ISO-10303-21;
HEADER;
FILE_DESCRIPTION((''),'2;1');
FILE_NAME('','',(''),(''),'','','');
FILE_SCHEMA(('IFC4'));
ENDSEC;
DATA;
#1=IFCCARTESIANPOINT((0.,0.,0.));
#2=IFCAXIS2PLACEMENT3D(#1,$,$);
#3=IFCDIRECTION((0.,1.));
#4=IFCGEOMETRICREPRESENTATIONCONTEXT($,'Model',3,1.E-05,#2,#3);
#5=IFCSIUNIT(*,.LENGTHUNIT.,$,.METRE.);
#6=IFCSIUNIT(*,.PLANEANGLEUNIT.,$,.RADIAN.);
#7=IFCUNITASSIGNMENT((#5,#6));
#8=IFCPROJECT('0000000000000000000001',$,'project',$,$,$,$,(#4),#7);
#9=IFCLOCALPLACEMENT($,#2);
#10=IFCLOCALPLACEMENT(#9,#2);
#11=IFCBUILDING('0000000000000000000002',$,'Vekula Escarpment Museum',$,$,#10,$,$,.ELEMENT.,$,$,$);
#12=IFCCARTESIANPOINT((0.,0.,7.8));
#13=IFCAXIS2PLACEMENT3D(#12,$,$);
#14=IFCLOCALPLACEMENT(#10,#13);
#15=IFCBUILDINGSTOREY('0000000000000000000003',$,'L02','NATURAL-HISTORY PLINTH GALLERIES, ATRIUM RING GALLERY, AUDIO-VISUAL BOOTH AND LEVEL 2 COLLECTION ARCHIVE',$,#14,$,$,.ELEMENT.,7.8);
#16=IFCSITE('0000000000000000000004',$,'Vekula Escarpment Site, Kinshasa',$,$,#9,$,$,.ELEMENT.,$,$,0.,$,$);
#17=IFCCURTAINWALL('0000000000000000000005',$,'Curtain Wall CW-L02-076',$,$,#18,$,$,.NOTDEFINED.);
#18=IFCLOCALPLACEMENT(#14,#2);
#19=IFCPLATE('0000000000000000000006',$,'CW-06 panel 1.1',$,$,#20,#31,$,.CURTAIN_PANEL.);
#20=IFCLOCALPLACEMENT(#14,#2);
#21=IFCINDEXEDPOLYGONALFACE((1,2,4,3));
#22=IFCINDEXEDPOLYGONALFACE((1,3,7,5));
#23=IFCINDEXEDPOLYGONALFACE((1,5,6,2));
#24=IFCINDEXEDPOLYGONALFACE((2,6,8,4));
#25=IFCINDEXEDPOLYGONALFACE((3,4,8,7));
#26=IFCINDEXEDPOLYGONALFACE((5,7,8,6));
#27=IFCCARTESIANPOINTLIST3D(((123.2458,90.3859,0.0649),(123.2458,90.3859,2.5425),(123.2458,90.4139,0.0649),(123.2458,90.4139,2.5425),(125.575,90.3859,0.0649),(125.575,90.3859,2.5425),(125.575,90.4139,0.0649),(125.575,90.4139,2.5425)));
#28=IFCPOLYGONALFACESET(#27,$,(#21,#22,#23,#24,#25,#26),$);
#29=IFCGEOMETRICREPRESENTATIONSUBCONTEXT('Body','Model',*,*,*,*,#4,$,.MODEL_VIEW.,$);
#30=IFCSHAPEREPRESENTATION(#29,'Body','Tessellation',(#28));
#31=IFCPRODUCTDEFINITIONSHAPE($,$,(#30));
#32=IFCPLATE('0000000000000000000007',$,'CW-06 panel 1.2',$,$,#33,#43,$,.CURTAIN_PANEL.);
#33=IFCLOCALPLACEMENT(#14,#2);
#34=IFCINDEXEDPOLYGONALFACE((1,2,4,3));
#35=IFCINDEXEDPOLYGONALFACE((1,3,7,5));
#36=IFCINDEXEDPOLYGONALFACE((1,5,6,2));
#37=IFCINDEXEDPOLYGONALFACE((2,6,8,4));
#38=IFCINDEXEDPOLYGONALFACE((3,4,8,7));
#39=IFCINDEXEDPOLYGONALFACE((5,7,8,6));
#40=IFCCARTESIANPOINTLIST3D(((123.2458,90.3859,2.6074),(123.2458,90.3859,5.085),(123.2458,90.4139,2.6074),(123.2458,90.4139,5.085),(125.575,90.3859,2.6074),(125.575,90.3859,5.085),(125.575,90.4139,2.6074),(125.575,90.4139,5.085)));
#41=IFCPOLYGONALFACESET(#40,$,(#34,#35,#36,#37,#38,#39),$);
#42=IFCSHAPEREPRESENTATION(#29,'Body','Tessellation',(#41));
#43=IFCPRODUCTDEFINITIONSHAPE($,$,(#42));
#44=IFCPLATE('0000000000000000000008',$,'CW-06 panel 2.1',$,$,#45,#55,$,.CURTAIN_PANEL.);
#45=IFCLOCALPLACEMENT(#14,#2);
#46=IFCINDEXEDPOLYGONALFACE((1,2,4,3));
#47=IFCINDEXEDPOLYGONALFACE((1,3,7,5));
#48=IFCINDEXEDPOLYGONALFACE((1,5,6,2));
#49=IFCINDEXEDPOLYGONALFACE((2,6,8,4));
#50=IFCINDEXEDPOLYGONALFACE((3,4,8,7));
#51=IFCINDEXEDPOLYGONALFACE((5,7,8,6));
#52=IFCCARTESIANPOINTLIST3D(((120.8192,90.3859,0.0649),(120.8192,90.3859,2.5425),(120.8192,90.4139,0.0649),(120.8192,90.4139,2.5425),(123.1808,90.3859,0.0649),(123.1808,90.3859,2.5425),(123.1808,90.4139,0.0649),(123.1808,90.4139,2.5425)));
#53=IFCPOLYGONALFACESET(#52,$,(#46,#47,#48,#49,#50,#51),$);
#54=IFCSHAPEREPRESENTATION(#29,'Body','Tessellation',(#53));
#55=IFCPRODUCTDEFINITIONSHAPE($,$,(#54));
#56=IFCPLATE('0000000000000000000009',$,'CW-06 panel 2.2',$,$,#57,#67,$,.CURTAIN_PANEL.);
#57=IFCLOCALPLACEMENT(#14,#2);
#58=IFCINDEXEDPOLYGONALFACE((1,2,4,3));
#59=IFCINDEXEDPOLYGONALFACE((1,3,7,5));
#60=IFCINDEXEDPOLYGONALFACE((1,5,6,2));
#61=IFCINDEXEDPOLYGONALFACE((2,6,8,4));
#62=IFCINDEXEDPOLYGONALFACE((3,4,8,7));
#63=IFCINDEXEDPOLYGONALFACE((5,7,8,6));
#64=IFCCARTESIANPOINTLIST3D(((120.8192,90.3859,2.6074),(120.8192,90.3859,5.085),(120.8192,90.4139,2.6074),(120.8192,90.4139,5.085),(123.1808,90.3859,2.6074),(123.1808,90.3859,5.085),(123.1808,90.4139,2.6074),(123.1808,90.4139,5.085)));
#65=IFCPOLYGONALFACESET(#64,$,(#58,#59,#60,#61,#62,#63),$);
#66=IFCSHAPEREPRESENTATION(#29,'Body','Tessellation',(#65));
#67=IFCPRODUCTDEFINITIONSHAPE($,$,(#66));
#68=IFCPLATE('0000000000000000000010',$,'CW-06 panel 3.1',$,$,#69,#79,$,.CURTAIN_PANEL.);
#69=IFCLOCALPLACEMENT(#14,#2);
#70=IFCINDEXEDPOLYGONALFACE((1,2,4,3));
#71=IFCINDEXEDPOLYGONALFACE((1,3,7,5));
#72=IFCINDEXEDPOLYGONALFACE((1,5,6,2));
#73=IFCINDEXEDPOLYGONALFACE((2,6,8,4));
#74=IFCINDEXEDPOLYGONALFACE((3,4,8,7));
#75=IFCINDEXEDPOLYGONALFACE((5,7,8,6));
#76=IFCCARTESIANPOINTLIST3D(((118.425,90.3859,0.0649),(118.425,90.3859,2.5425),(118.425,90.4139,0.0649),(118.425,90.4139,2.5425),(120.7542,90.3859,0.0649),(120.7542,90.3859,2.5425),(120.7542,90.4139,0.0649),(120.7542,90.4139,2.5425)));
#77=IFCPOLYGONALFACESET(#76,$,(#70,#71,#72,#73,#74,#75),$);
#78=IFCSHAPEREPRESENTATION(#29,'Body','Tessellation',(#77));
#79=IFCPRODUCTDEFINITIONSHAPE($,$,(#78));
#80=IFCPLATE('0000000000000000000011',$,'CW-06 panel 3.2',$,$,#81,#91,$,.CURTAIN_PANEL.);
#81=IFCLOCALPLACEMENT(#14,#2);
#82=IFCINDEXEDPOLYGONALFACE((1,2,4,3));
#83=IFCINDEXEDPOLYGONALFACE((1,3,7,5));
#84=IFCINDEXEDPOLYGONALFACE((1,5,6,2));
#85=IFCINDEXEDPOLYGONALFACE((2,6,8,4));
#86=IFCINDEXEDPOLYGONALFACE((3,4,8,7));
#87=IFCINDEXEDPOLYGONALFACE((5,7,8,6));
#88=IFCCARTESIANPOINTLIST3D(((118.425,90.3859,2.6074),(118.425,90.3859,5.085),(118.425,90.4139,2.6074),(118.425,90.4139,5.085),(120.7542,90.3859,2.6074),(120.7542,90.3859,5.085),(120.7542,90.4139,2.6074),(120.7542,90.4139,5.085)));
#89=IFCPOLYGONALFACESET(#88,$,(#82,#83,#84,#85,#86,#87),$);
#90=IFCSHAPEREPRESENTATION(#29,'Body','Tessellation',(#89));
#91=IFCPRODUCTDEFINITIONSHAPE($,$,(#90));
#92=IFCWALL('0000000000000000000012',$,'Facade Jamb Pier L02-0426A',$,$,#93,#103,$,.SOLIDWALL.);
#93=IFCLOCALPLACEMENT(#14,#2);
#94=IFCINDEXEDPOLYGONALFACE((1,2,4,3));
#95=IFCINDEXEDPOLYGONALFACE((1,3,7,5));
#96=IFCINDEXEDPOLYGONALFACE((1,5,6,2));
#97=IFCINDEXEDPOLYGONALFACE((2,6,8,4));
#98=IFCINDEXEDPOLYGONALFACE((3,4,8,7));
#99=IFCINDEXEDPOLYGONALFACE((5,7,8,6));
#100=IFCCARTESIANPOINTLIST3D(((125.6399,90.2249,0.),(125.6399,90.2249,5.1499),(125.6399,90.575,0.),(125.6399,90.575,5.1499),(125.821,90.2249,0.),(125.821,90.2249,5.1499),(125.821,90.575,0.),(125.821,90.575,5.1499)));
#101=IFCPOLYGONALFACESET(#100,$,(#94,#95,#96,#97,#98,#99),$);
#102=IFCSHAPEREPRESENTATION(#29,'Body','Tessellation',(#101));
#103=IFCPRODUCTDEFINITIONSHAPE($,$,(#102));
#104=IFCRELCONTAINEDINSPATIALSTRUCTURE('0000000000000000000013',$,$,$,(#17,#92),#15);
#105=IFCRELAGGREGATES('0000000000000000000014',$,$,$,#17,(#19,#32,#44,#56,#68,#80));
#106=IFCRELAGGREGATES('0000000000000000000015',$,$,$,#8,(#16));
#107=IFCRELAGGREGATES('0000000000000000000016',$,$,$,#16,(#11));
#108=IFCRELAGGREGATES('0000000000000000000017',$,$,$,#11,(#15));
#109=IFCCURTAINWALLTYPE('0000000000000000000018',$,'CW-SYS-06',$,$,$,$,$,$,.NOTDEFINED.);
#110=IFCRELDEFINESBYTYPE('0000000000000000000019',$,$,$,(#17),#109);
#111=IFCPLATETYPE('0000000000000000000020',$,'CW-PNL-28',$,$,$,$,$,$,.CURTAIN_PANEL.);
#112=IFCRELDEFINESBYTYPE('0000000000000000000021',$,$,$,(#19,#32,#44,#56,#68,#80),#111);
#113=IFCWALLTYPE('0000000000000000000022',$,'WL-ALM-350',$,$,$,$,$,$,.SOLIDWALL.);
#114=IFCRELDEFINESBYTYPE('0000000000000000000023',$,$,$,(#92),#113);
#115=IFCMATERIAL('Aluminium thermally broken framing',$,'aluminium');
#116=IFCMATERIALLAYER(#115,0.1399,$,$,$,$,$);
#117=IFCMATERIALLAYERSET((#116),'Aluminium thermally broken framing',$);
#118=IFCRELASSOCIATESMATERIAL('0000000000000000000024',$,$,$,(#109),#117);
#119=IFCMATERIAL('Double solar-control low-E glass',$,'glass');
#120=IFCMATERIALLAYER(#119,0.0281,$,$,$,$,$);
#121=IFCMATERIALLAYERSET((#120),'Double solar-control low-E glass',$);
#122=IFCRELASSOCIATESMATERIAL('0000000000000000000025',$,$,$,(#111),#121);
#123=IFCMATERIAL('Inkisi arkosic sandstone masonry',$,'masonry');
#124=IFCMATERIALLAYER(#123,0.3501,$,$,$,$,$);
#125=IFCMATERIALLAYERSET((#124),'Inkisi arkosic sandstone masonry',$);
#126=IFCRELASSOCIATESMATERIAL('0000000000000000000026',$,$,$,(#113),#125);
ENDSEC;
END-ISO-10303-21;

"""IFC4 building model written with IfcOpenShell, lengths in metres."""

from ifc_helpers import new_model, si_unit, direction, frame, frame_2d, origin, origin_2d, place, context, subcontext, project, spatial, rectangle, extrude, material, layer, layer_set, type_object, element, aggregate, save


model = new_model("IFC4")

# Units and contexts
model_context = context("Model", 3, precision=1e-05, world=origin(), true_north=direction((0.0, 1.0)))
body_context = subcontext(model_context, "Body", "Model", "MODEL_VIEW")
ifc_project = project(units=[si_unit("LENGTHUNIT", "METRE"), si_unit("PLANEANGLEUNIT", "RADIAN")], contexts=[model_context])

# Site, building, storey
site_placement = place(None, origin())
site = spatial("IfcSite", under=ifc_project, at=site_placement, Name="Vekula Escarpment Site, Kinshasa", CompositionType="ELEMENT", RefElevation=0.0)
building_placement = place(site_placement, origin())
building = spatial("IfcBuilding", under=site, at=building_placement, Name="Vekula Escarpment Museum", CompositionType="ELEMENT")
storey_placement = place(building_placement, frame((0.0, 0.0, 7.8)))
storey = spatial("IfcBuildingStorey", under=building, at=storey_placement, Name="L02", Description="NATURAL-HISTORY PLINTH GALLERIES, ATRIUM RING GALLERY, AUDIO-VISUAL BOOTH AND LEVEL 2 COLLECTION ARCHIVE", CompositionType="ELEMENT", Elevation=7.8)

# Curtain wall
ifc_material_1 = material(Name="Aluminium thermally broken framing", Category="aluminium")
ifc_layer_1 = layer(ifc_material_1, 0.1399)
ifc_layer_set_1 = layer_set([ifc_layer_1], Name="Aluminium thermally broken framing")
curtain_wall_type = type_object("IfcCurtainWallType", Name="CW-SYS-06", PredefinedType="NOTDEFINED", material=ifc_layer_set_1)
curtain_wall_placement = place(storey_placement, origin())
curtain_wall = element("IfcCurtainWall", 1, at=curtain_wall_placement, inside=storey, type_object=curtain_wall_type, Name="Curtain Wall CW-L02-076", PredefinedType="NOTDEFINED")

# Plates
ifc_material_2 = material(Name="Double solar-control low-E glass", Category="glass")
ifc_layer_2 = layer(ifc_material_2, 0.0281)
ifc_layer_set_2 = layer_set([ifc_layer_2], Name="Double solar-control low-E glass")
plate_type = type_object("IfcPlateType", Name="CW-PNL-28", PredefinedType="CURTAIN_PANEL", material=ifc_layer_set_2)
plate_1_placement = place(storey_placement, frame((124.4104, 90.3999, 0.0649), z_axis=(0.0, 0.0, 1.0), x_axis=(-1.0, 0.0, 0.0)))
plate_1 = element("IfcPlate", 2, at=plate_1_placement, type_object=plate_type, Name="CW-06 panel 1.1", PredefinedType="CURTAIN_PANEL", context=body_context, shape_type="SweptSolid", body=[
    extrude(rectangle(XDim=2.3291, YDim=0.0281, at=origin_2d()), origin(), (0.0, 0.0, 1.0), 2.4775),
])
plate_2_placement = place(storey_placement, frame((124.4104, 90.3999, 2.6074), z_axis=(0.0, 0.0, 1.0), x_axis=(-1.0, 0.0, 0.0)))
plate_2 = element("IfcPlate", 3, at=plate_2_placement, type_object=plate_type, Name="CW-06 panel 1.2", PredefinedType="CURTAIN_PANEL", context=body_context, shape_type="SweptSolid", body=[
    extrude(rectangle(XDim=2.3291, YDim=0.0281, at=origin_2d()), origin(), (0.0, 0.0, 1.0), 2.4775),
])
plate_3_placement = place(storey_placement, frame((122.0, 90.3999, 0.0649), z_axis=(0.0, 0.0, 1.0), x_axis=(-1.0, 0.0, 0.0)))
plate_3 = element("IfcPlate", 4, at=plate_3_placement, type_object=plate_type, Name="CW-06 panel 2.1", PredefinedType="CURTAIN_PANEL", context=body_context, shape_type="SweptSolid", body=[
    extrude(rectangle(XDim=2.3616, YDim=0.0281, at=origin_2d()), origin(), (0.0, 0.0, 1.0), 2.4775),
])
plate_4_placement = place(storey_placement, frame((122.0, 90.3999, 2.6074), z_axis=(0.0, 0.0, 1.0), x_axis=(-1.0, 0.0, 0.0)))
plate_4 = element("IfcPlate", 5, at=plate_4_placement, type_object=plate_type, Name="CW-06 panel 2.2", PredefinedType="CURTAIN_PANEL", context=body_context, shape_type="SweptSolid", body=[
    extrude(rectangle(XDim=2.3616, YDim=0.0281, at=origin_2d()), origin(), (0.0, 0.0, 1.0), 2.4775),
])
plate_5_placement = place(storey_placement, frame((119.5896, 90.3999, 0.0649), z_axis=(0.0, 0.0, 1.0), x_axis=(-1.0, 0.0, 0.0)))
plate_5 = element("IfcPlate", 6, at=plate_5_placement, type_object=plate_type, Name="CW-06 panel 3.1", PredefinedType="CURTAIN_PANEL", context=body_context, shape_type="SweptSolid", body=[
    extrude(rectangle(XDim=2.3291, YDim=0.0281, at=origin_2d()), origin(), (0.0, 0.0, 1.0), 2.4775),
])
plate_6_placement = place(storey_placement, frame((119.5896, 90.3999, 2.6074), z_axis=(0.0, 0.0, 1.0), x_axis=(-1.0, 0.0, 0.0)))
plate_6 = element("IfcPlate", 7, at=plate_6_placement, type_object=plate_type, Name="CW-06 panel 3.2", PredefinedType="CURTAIN_PANEL", context=body_context, shape_type="SweptSolid", body=[
    extrude(rectangle(XDim=2.3291, YDim=0.0281, at=origin_2d()), origin(), (0.0, 0.0, 1.0), 2.4775),
])
aggregate(curtain_wall, [plate_1, plate_2, plate_3, plate_4, plate_5, plate_6])

# Wall
ifc_material_3 = material(Name="Inkisi arkosic sandstone masonry", Category="masonry")
ifc_layer_3 = layer(ifc_material_3, 0.3501)
ifc_layer_set_3 = layer_set([ifc_layer_3], Name="Inkisi arkosic sandstone masonry")
wall_type = type_object("IfcWallType", Name="WL-ALM-350", PredefinedType="SOLIDWALL", material=ifc_layer_set_3)
wall_placement = place(storey_placement, frame((125.821, 90.3999, 0.0), z_axis=(0.0, 0.0, 1.0), x_axis=(-1.0, 0.0, 0.0)))
element("IfcWall", 8, at=wall_placement, inside=storey, type_object=wall_type, Name="Facade Jamb Pier L02-0426A", PredefinedType="SOLIDWALL", context=body_context, shape_type="SweptSolid", body=[
    extrude(rectangle(XDim=0.1812, YDim=0.3501, at=frame_2d((0.0906, 0.0))), origin(), (0.0, 0.0, 1.0), 5.1499),
])

save(model, "model.ifc")
